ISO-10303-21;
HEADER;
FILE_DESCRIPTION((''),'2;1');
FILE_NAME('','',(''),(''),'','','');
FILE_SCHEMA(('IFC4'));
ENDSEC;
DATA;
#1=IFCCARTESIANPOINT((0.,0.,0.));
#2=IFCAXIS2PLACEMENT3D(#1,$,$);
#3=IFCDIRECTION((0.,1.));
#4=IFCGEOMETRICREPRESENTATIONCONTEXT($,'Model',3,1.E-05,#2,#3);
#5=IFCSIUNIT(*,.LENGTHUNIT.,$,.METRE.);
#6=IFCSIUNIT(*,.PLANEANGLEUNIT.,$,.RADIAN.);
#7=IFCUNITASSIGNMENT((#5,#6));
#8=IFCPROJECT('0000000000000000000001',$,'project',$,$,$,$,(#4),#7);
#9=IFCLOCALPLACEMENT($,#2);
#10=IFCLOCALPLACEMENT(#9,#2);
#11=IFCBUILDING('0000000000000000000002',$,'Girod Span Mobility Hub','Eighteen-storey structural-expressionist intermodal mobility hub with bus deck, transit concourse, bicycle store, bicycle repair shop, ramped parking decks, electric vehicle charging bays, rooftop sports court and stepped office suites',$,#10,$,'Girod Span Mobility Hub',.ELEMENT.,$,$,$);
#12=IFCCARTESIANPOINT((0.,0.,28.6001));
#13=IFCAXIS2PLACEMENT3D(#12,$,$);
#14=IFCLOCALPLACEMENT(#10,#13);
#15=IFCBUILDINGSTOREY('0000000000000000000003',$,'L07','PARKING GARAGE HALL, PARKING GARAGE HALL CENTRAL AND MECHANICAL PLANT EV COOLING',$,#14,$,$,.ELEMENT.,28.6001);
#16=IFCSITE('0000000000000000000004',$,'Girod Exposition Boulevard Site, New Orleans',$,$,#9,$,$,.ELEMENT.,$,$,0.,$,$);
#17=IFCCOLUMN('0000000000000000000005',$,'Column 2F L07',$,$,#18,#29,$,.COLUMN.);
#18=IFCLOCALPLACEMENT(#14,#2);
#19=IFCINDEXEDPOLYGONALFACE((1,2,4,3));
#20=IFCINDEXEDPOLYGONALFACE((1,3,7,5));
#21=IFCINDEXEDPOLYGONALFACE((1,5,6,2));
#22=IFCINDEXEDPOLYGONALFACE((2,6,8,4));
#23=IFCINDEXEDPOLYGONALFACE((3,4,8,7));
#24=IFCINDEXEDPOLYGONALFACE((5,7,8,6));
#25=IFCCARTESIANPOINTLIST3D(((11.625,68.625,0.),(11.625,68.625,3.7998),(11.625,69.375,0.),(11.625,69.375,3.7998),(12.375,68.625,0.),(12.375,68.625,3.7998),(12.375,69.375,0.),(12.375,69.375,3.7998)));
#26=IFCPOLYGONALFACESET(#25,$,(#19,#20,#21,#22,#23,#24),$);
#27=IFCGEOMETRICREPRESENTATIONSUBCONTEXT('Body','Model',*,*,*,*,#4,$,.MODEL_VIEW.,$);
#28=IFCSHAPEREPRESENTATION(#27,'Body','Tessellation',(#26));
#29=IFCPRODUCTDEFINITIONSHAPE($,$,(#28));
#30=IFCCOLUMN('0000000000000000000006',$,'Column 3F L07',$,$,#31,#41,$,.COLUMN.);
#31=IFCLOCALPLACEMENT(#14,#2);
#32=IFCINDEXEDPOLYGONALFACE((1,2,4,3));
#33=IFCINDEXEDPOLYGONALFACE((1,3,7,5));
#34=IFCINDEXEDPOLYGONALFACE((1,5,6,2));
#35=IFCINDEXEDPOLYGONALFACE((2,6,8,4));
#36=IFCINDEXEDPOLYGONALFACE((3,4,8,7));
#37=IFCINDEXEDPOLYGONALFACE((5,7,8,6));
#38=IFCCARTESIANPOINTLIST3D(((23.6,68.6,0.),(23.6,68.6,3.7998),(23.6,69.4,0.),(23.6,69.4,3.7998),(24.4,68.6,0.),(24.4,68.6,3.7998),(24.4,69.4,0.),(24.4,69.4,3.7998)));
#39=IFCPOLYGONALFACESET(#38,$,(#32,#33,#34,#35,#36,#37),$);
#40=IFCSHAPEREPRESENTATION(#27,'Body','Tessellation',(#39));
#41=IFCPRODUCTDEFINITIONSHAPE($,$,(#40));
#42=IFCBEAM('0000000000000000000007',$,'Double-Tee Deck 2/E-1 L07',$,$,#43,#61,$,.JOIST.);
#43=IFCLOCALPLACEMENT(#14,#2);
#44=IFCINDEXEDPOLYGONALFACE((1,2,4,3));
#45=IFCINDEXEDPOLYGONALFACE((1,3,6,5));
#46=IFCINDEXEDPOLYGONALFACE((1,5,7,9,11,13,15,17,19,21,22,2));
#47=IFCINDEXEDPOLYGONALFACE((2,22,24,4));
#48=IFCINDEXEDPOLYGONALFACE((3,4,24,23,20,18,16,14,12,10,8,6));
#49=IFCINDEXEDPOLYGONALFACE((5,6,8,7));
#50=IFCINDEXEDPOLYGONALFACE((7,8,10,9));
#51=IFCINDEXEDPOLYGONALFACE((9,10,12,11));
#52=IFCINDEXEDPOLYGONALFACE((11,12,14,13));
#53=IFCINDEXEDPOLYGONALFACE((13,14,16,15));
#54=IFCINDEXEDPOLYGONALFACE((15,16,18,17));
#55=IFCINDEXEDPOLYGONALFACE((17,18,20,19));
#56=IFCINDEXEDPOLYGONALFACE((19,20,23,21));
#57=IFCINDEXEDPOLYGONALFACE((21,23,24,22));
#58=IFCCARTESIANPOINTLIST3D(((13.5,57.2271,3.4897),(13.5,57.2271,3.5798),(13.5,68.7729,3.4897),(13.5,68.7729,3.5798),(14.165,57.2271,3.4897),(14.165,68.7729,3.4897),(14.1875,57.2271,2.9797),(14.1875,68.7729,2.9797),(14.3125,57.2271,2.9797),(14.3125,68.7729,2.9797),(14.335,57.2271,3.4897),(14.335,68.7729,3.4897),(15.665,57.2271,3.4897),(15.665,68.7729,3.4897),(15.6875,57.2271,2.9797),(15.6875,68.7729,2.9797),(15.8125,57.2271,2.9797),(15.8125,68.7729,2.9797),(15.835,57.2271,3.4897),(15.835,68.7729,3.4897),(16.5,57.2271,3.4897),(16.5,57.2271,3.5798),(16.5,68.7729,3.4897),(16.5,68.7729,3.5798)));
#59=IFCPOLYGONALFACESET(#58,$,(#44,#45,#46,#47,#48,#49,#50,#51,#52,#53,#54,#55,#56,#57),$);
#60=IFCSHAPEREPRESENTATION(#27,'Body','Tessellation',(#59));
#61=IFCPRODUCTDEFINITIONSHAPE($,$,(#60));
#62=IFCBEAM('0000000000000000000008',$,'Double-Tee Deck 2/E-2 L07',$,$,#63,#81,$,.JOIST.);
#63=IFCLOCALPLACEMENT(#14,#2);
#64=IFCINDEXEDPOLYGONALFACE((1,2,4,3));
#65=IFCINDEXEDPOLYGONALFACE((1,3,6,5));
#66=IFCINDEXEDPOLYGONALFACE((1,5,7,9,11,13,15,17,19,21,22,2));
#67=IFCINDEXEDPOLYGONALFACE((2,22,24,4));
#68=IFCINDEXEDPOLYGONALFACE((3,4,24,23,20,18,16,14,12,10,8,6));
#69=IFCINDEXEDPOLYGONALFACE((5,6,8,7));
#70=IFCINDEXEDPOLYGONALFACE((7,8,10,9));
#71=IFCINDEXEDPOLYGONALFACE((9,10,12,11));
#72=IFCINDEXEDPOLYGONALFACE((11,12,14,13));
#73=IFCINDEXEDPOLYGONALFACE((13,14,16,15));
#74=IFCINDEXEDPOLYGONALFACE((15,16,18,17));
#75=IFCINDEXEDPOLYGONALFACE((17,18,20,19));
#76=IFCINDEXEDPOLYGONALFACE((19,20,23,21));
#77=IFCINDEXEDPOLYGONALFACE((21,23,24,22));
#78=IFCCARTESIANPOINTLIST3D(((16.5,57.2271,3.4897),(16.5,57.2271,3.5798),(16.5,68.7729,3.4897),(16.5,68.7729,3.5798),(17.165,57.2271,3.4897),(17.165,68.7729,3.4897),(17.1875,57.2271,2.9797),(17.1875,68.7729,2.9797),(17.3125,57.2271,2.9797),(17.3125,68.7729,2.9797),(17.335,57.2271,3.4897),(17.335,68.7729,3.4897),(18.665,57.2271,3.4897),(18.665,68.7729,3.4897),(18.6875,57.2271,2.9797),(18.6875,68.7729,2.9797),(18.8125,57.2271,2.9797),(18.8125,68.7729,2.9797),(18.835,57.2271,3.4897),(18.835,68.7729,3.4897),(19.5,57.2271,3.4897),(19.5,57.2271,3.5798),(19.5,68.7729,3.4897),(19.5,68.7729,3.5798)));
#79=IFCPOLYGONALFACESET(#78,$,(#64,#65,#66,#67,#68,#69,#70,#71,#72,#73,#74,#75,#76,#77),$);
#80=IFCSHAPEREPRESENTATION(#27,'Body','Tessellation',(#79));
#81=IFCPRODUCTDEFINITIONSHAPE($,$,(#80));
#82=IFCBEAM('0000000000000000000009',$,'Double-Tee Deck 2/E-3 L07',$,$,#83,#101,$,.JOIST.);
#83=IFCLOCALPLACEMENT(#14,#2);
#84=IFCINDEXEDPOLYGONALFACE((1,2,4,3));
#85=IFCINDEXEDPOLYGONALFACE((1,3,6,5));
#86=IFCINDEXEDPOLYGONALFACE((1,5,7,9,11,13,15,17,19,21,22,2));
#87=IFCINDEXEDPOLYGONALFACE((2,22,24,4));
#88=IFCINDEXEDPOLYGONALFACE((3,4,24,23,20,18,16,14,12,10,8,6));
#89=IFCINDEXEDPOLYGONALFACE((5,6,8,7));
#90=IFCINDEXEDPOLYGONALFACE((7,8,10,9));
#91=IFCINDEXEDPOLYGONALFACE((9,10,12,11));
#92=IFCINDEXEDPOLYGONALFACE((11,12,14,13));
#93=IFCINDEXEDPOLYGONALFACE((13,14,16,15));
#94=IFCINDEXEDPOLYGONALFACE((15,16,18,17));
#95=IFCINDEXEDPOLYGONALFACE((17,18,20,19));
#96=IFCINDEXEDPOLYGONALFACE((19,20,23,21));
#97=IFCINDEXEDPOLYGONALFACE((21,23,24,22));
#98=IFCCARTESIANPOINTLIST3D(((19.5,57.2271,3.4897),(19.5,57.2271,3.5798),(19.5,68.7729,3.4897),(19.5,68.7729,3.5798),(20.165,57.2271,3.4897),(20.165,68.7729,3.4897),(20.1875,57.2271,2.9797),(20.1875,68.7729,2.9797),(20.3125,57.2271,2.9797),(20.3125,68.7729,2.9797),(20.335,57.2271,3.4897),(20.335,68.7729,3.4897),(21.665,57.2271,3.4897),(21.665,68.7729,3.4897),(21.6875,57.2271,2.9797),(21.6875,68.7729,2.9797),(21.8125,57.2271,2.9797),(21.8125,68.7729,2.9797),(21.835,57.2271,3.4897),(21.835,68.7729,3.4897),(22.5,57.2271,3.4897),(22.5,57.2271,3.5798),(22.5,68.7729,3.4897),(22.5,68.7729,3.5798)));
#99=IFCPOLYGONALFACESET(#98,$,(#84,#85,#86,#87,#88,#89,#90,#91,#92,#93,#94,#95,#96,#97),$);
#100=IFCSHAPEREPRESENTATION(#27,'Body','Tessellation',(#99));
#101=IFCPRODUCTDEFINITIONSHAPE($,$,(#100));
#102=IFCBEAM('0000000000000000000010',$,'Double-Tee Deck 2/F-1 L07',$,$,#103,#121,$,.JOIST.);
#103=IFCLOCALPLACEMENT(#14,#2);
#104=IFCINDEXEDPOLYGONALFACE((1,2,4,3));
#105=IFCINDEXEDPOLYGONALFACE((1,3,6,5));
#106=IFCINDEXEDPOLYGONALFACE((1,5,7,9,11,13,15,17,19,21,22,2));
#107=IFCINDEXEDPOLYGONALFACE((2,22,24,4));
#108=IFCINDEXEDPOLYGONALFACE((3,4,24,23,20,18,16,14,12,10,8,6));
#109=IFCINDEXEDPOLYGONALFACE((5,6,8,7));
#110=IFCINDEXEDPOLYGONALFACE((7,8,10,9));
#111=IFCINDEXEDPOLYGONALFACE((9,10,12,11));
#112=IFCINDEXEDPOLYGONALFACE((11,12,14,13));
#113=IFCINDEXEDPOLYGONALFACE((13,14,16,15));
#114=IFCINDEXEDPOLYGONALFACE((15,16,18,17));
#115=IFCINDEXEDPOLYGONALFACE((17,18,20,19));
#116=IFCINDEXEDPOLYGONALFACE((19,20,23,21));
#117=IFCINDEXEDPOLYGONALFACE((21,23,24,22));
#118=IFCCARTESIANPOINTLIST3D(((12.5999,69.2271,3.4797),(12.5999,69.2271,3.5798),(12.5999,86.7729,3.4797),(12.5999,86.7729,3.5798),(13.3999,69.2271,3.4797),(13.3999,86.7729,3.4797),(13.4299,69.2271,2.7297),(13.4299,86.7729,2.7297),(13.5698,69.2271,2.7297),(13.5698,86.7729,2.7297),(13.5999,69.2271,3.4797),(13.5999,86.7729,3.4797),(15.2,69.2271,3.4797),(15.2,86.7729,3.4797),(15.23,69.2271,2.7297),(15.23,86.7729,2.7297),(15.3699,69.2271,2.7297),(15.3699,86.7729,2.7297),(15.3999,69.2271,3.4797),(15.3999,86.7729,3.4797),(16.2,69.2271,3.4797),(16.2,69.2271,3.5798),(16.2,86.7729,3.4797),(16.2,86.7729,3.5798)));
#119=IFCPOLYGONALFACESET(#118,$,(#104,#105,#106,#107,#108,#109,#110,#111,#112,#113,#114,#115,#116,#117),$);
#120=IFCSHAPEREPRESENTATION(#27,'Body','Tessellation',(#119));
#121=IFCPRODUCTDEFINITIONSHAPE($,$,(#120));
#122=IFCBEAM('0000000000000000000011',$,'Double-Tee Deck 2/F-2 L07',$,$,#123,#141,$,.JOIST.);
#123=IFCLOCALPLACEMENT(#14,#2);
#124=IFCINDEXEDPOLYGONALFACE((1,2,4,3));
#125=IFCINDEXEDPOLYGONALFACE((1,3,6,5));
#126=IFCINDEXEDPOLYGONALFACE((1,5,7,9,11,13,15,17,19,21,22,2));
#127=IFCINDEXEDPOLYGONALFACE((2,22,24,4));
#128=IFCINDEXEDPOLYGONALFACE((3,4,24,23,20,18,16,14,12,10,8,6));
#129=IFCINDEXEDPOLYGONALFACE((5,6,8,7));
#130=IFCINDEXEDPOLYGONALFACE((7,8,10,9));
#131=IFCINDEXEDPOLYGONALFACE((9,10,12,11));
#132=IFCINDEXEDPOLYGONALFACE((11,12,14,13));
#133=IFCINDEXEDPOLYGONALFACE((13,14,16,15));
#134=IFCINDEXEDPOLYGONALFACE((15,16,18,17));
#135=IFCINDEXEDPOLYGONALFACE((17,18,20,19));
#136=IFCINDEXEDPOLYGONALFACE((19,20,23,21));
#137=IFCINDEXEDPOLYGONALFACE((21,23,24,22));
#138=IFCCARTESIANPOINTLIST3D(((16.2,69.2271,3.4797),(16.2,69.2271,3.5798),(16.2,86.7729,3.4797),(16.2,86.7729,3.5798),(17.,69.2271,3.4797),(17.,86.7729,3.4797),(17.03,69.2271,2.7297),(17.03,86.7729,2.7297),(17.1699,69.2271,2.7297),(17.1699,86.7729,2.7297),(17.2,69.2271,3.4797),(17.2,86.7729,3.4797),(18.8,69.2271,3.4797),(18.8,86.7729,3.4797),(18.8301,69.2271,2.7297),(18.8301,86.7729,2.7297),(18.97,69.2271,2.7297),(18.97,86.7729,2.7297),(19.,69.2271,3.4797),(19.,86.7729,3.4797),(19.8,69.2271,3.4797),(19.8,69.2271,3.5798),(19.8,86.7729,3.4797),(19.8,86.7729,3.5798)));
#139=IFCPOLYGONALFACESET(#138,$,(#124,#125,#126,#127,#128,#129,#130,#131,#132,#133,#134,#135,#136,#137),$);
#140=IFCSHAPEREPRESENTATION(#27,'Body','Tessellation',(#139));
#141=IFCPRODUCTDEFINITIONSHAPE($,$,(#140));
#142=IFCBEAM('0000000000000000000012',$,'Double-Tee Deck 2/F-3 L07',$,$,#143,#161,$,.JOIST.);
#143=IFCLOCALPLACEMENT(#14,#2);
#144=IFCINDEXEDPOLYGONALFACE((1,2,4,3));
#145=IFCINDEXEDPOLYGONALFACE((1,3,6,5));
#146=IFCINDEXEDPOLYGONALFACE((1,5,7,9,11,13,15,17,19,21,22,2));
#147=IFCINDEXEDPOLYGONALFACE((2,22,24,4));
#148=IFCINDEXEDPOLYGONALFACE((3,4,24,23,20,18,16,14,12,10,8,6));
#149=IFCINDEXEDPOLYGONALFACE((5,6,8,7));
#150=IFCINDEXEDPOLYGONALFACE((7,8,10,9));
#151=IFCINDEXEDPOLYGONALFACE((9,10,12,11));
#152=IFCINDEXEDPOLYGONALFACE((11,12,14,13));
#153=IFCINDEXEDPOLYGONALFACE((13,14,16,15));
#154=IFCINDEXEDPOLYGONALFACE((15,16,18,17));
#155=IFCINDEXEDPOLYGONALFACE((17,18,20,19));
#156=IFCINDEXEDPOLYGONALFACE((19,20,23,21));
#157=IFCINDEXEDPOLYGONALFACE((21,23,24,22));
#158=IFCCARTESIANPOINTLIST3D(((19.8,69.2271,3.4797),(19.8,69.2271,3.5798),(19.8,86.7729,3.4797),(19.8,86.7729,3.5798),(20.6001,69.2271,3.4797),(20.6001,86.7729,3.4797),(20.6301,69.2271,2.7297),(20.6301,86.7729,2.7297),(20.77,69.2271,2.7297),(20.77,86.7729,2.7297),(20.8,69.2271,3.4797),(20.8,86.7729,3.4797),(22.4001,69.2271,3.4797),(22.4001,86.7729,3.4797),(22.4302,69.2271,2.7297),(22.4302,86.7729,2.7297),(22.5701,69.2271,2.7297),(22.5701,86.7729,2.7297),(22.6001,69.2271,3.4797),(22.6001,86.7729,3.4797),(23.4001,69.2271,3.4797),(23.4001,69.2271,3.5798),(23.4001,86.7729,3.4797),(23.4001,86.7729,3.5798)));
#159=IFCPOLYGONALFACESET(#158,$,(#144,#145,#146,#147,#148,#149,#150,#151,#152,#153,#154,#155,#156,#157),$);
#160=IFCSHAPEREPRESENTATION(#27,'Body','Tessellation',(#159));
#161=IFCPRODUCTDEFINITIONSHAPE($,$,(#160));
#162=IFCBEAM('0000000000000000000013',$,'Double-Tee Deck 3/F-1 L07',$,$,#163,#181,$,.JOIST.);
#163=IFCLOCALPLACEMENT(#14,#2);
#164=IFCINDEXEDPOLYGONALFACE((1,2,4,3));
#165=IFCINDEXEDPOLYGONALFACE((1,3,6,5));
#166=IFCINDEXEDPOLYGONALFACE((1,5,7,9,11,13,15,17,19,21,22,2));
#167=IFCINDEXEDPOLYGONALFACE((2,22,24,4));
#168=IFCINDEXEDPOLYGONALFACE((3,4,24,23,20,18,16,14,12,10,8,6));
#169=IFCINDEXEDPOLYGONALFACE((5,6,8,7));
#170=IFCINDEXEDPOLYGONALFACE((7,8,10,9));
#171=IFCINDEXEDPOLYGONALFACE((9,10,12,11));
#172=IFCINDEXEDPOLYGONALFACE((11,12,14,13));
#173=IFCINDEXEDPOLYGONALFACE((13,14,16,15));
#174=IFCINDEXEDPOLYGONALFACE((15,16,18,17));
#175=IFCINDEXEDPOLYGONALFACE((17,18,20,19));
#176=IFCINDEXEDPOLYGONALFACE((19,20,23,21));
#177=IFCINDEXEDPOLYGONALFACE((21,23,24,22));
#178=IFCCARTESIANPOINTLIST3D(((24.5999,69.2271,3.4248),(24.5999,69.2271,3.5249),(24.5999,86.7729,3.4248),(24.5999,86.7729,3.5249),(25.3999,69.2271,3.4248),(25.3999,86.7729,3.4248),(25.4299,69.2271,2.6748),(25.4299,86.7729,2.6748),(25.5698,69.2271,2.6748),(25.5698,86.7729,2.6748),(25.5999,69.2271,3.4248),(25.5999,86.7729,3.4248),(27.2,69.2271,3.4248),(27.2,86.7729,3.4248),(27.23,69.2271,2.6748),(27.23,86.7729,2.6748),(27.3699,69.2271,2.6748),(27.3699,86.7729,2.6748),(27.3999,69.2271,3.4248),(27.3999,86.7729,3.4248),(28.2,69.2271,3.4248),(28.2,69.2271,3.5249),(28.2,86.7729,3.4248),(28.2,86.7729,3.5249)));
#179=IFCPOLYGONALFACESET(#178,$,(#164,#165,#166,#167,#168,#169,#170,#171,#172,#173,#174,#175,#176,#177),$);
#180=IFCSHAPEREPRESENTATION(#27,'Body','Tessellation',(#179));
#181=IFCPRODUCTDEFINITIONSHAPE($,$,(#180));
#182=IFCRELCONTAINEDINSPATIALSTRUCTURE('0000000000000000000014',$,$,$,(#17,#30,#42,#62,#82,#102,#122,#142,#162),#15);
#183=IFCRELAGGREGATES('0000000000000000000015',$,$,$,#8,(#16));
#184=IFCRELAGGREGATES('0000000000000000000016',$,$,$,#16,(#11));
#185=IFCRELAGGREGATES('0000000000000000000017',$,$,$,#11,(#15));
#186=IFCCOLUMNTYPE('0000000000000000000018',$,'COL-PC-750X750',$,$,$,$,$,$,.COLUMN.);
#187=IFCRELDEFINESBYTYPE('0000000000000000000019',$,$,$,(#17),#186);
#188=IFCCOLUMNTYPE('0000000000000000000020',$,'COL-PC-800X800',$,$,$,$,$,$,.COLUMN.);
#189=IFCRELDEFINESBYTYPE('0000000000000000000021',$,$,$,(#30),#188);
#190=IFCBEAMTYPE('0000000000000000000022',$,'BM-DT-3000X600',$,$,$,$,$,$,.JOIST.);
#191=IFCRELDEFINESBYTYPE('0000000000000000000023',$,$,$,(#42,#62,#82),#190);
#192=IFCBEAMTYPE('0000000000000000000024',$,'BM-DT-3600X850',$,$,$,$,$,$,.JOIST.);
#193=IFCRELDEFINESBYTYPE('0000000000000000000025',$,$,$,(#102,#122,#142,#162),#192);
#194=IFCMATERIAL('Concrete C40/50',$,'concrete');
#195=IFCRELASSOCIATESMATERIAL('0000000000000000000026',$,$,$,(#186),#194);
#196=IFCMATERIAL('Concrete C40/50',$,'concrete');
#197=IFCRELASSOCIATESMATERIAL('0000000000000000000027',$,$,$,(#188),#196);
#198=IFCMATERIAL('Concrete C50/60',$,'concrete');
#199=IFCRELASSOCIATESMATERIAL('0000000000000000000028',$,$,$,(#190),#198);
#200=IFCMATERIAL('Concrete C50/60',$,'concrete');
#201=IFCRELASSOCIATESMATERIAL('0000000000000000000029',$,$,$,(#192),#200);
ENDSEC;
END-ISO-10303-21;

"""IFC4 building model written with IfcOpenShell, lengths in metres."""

from ifc_helpers import new_model, si_unit, direction, frame, origin, origin_2d, place, context, subcontext, project, spatial, polyline, rectangle, outline, extrude, material, material_profile, profile_set, type_object, element, save


model = new_model("IFC4")

# Units and contexts
model_context = context("Model", 3, precision=1e-05, world=origin(), true_north=direction((0.0, 1.0)))
body_context = subcontext(model_context, "Body", "Model", "MODEL_VIEW")
ifc_project = project(units=[si_unit("LENGTHUNIT", "METRE"), si_unit("PLANEANGLEUNIT", "RADIAN")], contexts=[model_context])

# Site, building, storey
site_placement = place(None, origin())
site = spatial("IfcSite", under=ifc_project, at=site_placement, Name="Girod Exposition Boulevard Site, New Orleans", CompositionType="ELEMENT", RefElevation=0.0)
building_placement = place(site_placement, origin())
building = spatial("IfcBuilding", under=site, at=building_placement, Name="Girod Span Mobility Hub", Description="Eighteen-storey structural-expressionist intermodal mobility hub with bus deck, transit concourse, bicycle store, bicycle repair shop, ramped parking decks, electric vehicle charging bays, rooftop sports court and stepped office suites", LongName="Girod Span Mobility Hub", CompositionType="ELEMENT")
storey_placement = place(building_placement, frame((0.0, 0.0, 28.6001)))
storey = spatial("IfcBuildingStorey", under=building, at=storey_placement, Name="L07", Description="PARKING GARAGE HALL, PARKING GARAGE HALL CENTRAL AND MECHANICAL PLANT EV COOLING", CompositionType="ELEMENT", Elevation=28.6001)

# Columns
ifc_material_1 = material(Name="Concrete C40/50", Category="concrete")
ifc_material_profile_1 = material_profile(ifc_material_1, rectangle(XDim=0.75, YDim=0.75, at=origin_2d()), Name="PC-COL-750X750")
ifc_profile_set_1 = profile_set([ifc_material_profile_1], Name="Concrete C40/50")
column_type_1 = type_object("IfcColumnType", Name="COL-PC-750X750", PredefinedType="COLUMN", material=ifc_profile_set_1)
column_1_placement = place(storey_placement, frame((12.0, 69.0, 0.0), z_axis=(0.0, 0.0, 1.0), x_axis=(1.0, 0.0, 0.0)))
element("IfcColumn", 1, at=column_1_placement, inside=storey, type_object=column_type_1, Name="Column 2F L07", PredefinedType="COLUMN", context=body_context, shape_type="SweptSolid", body=[
    extrude(rectangle(XDim=0.75, YDim=0.75, at=origin_2d()), origin(), (0.0, 0.0, 1.0), 3.7998),
])
ifc_material_2 = material(Name="Concrete C40/50", Category="concrete")
ifc_material_profile_2 = material_profile(ifc_material_2, rectangle(XDim=0.8, YDim=0.8, at=origin_2d()), Name="PC-COL-800X800")
ifc_profile_set_2 = profile_set([ifc_material_profile_2], Name="Concrete C40/50")
column_type_2 = type_object("IfcColumnType", Name="COL-PC-800X800", PredefinedType="COLUMN", material=ifc_profile_set_2)
column_2_placement = place(storey_placement, frame((24.0, 69.0, 0.0), z_axis=(0.0, 0.0, 1.0), x_axis=(1.0, 0.0, 0.0)))
element("IfcColumn", 2, at=column_2_placement, inside=storey, type_object=column_type_2, Name="Column 3F L07", PredefinedType="COLUMN", context=body_context, shape_type="SweptSolid", body=[
    extrude(rectangle(XDim=0.8, YDim=0.8, at=origin_2d()), origin(), (0.0, 0.0, 1.0), 3.7998),
])

# Beams
ifc_material_3 = material(Name="Concrete C50/60", Category="concrete")
ifc_material_profile_3 = material_profile(ifc_material_3, outline(polyline([(-1.5, 0.3), (-1.5, 0.21), (-0.835, 0.21), (-0.8125, -0.3), (-0.6875, -0.3), (-0.665, 0.21), (0.665, 0.21), (0.6875, -0.3), (0.8125, -0.3), (0.835, 0.21), (1.5, 0.21), (1.5, 0.3), (-1.5, 0.3)])), Name="DT-3000X600")
ifc_profile_set_3 = profile_set([ifc_material_profile_3], Name="Concrete C50/60")
beam_type_1 = type_object("IfcBeamType", Name="BM-DT-3000X600", PredefinedType="JOIST", material=ifc_profile_set_3)
for number, where, z_axis, x_axis, name in (
    (3, (15.0, 57.2271, 3.2798), (0.0, 1.0, 0.0), (-1.0, 0.0, 0.0), "Double-Tee Deck 2/E-1 L07"),
    (4, (18.0, 57.2271, 3.2798), (0.0, 1.0, 0.0), (-1.0, 0.0, 0.0), "Double-Tee Deck 2/E-2 L07"),
    (5, (21.0, 57.2271, 3.2798), (0.0, 1.0, 0.0), (-1.0, 0.0, 0.0), "Double-Tee Deck 2/E-3 L07"),
):
    element("IfcBeam", number, at=place(storey_placement, frame(where, z_axis=z_axis, x_axis=x_axis)), inside=storey, type_object=beam_type_1, Name=name, PredefinedType="JOIST", context=body_context, shape_type="SweptSolid", body=[
        extrude(outline(polyline([(-1.5, 0.3), (-1.5, 0.21), (-0.835, 0.21), (-0.8125, -0.3), (-0.6875, -0.3), (-0.665, 0.21), (0.665, 0.21), (0.6875, -0.3), (0.8125, -0.3), (0.835, 0.21), (1.5, 0.21), (1.5, 0.3), (-1.5, 0.3)])), origin(), (0.0, 0.0, 1.0), 11.5459),
    ])
ifc_material_4 = material(Name="Concrete C50/60", Category="concrete")
ifc_material_profile_4 = material_profile(ifc_material_4, outline(polyline([(-1.8, 0.425), (-1.8, 0.325), (-1.0, 0.325), (-0.97, -0.425), (-0.8301, -0.425), (-0.8, 0.325), (0.8, 0.325), (0.8301, -0.425), (0.97, -0.425), (1.0, 0.325), (1.8, 0.325), (1.8, 0.425), (-1.8, 0.425)])), Name="DT-3600X850")
ifc_profile_set_4 = profile_set([ifc_material_profile_4], Name="Concrete C50/60")
beam_type_2 = type_object("IfcBeamType", Name="BM-DT-3600X850", PredefinedType="JOIST", material=ifc_profile_set_4)
for number, where, z_axis, x_axis, name in (
    (6, (14.3999, 69.2271, 3.1548), (0.0, 1.0, 0.0), (-1.0, 0.0, 0.0), "Double-Tee Deck 2/F-1 L07"),
    (7, (18.0, 69.2271, 3.1548), (0.0, 1.0, 0.0), (-1.0, 0.0, 0.0), "Double-Tee Deck 2/F-2 L07"),
    (8, (21.6001, 69.2271, 3.1548), (0.0, 1.0, 0.0), (-1.0, 0.0, 0.0), "Double-Tee Deck 2/F-3 L07"),
    (9, (26.3999, 69.2271, 3.0999), (0.0, 1.0, 0.0), (-1.0, 0.0, 0.0), "Double-Tee Deck 3/F-1 L07"),
):
    element("IfcBeam", number, at=place(storey_placement, frame(where, z_axis=z_axis, x_axis=x_axis)), inside=storey, type_object=beam_type_2, Name=name, PredefinedType="JOIST", context=body_context, shape_type="SweptSolid", body=[
        extrude(outline(polyline([(-1.8, 0.425), (-1.8, 0.325), (-1.0, 0.325), (-0.97, -0.425), (-0.8301, -0.425), (-0.8, 0.325), (0.8, 0.325), (0.8301, -0.425), (0.97, -0.425), (1.0, 0.325), (1.8, 0.325), (1.8, 0.425), (-1.8, 0.425)])), origin(), (0.0, 0.0, 1.0), 17.5459),
    ])

save(model, "model.ifc")
